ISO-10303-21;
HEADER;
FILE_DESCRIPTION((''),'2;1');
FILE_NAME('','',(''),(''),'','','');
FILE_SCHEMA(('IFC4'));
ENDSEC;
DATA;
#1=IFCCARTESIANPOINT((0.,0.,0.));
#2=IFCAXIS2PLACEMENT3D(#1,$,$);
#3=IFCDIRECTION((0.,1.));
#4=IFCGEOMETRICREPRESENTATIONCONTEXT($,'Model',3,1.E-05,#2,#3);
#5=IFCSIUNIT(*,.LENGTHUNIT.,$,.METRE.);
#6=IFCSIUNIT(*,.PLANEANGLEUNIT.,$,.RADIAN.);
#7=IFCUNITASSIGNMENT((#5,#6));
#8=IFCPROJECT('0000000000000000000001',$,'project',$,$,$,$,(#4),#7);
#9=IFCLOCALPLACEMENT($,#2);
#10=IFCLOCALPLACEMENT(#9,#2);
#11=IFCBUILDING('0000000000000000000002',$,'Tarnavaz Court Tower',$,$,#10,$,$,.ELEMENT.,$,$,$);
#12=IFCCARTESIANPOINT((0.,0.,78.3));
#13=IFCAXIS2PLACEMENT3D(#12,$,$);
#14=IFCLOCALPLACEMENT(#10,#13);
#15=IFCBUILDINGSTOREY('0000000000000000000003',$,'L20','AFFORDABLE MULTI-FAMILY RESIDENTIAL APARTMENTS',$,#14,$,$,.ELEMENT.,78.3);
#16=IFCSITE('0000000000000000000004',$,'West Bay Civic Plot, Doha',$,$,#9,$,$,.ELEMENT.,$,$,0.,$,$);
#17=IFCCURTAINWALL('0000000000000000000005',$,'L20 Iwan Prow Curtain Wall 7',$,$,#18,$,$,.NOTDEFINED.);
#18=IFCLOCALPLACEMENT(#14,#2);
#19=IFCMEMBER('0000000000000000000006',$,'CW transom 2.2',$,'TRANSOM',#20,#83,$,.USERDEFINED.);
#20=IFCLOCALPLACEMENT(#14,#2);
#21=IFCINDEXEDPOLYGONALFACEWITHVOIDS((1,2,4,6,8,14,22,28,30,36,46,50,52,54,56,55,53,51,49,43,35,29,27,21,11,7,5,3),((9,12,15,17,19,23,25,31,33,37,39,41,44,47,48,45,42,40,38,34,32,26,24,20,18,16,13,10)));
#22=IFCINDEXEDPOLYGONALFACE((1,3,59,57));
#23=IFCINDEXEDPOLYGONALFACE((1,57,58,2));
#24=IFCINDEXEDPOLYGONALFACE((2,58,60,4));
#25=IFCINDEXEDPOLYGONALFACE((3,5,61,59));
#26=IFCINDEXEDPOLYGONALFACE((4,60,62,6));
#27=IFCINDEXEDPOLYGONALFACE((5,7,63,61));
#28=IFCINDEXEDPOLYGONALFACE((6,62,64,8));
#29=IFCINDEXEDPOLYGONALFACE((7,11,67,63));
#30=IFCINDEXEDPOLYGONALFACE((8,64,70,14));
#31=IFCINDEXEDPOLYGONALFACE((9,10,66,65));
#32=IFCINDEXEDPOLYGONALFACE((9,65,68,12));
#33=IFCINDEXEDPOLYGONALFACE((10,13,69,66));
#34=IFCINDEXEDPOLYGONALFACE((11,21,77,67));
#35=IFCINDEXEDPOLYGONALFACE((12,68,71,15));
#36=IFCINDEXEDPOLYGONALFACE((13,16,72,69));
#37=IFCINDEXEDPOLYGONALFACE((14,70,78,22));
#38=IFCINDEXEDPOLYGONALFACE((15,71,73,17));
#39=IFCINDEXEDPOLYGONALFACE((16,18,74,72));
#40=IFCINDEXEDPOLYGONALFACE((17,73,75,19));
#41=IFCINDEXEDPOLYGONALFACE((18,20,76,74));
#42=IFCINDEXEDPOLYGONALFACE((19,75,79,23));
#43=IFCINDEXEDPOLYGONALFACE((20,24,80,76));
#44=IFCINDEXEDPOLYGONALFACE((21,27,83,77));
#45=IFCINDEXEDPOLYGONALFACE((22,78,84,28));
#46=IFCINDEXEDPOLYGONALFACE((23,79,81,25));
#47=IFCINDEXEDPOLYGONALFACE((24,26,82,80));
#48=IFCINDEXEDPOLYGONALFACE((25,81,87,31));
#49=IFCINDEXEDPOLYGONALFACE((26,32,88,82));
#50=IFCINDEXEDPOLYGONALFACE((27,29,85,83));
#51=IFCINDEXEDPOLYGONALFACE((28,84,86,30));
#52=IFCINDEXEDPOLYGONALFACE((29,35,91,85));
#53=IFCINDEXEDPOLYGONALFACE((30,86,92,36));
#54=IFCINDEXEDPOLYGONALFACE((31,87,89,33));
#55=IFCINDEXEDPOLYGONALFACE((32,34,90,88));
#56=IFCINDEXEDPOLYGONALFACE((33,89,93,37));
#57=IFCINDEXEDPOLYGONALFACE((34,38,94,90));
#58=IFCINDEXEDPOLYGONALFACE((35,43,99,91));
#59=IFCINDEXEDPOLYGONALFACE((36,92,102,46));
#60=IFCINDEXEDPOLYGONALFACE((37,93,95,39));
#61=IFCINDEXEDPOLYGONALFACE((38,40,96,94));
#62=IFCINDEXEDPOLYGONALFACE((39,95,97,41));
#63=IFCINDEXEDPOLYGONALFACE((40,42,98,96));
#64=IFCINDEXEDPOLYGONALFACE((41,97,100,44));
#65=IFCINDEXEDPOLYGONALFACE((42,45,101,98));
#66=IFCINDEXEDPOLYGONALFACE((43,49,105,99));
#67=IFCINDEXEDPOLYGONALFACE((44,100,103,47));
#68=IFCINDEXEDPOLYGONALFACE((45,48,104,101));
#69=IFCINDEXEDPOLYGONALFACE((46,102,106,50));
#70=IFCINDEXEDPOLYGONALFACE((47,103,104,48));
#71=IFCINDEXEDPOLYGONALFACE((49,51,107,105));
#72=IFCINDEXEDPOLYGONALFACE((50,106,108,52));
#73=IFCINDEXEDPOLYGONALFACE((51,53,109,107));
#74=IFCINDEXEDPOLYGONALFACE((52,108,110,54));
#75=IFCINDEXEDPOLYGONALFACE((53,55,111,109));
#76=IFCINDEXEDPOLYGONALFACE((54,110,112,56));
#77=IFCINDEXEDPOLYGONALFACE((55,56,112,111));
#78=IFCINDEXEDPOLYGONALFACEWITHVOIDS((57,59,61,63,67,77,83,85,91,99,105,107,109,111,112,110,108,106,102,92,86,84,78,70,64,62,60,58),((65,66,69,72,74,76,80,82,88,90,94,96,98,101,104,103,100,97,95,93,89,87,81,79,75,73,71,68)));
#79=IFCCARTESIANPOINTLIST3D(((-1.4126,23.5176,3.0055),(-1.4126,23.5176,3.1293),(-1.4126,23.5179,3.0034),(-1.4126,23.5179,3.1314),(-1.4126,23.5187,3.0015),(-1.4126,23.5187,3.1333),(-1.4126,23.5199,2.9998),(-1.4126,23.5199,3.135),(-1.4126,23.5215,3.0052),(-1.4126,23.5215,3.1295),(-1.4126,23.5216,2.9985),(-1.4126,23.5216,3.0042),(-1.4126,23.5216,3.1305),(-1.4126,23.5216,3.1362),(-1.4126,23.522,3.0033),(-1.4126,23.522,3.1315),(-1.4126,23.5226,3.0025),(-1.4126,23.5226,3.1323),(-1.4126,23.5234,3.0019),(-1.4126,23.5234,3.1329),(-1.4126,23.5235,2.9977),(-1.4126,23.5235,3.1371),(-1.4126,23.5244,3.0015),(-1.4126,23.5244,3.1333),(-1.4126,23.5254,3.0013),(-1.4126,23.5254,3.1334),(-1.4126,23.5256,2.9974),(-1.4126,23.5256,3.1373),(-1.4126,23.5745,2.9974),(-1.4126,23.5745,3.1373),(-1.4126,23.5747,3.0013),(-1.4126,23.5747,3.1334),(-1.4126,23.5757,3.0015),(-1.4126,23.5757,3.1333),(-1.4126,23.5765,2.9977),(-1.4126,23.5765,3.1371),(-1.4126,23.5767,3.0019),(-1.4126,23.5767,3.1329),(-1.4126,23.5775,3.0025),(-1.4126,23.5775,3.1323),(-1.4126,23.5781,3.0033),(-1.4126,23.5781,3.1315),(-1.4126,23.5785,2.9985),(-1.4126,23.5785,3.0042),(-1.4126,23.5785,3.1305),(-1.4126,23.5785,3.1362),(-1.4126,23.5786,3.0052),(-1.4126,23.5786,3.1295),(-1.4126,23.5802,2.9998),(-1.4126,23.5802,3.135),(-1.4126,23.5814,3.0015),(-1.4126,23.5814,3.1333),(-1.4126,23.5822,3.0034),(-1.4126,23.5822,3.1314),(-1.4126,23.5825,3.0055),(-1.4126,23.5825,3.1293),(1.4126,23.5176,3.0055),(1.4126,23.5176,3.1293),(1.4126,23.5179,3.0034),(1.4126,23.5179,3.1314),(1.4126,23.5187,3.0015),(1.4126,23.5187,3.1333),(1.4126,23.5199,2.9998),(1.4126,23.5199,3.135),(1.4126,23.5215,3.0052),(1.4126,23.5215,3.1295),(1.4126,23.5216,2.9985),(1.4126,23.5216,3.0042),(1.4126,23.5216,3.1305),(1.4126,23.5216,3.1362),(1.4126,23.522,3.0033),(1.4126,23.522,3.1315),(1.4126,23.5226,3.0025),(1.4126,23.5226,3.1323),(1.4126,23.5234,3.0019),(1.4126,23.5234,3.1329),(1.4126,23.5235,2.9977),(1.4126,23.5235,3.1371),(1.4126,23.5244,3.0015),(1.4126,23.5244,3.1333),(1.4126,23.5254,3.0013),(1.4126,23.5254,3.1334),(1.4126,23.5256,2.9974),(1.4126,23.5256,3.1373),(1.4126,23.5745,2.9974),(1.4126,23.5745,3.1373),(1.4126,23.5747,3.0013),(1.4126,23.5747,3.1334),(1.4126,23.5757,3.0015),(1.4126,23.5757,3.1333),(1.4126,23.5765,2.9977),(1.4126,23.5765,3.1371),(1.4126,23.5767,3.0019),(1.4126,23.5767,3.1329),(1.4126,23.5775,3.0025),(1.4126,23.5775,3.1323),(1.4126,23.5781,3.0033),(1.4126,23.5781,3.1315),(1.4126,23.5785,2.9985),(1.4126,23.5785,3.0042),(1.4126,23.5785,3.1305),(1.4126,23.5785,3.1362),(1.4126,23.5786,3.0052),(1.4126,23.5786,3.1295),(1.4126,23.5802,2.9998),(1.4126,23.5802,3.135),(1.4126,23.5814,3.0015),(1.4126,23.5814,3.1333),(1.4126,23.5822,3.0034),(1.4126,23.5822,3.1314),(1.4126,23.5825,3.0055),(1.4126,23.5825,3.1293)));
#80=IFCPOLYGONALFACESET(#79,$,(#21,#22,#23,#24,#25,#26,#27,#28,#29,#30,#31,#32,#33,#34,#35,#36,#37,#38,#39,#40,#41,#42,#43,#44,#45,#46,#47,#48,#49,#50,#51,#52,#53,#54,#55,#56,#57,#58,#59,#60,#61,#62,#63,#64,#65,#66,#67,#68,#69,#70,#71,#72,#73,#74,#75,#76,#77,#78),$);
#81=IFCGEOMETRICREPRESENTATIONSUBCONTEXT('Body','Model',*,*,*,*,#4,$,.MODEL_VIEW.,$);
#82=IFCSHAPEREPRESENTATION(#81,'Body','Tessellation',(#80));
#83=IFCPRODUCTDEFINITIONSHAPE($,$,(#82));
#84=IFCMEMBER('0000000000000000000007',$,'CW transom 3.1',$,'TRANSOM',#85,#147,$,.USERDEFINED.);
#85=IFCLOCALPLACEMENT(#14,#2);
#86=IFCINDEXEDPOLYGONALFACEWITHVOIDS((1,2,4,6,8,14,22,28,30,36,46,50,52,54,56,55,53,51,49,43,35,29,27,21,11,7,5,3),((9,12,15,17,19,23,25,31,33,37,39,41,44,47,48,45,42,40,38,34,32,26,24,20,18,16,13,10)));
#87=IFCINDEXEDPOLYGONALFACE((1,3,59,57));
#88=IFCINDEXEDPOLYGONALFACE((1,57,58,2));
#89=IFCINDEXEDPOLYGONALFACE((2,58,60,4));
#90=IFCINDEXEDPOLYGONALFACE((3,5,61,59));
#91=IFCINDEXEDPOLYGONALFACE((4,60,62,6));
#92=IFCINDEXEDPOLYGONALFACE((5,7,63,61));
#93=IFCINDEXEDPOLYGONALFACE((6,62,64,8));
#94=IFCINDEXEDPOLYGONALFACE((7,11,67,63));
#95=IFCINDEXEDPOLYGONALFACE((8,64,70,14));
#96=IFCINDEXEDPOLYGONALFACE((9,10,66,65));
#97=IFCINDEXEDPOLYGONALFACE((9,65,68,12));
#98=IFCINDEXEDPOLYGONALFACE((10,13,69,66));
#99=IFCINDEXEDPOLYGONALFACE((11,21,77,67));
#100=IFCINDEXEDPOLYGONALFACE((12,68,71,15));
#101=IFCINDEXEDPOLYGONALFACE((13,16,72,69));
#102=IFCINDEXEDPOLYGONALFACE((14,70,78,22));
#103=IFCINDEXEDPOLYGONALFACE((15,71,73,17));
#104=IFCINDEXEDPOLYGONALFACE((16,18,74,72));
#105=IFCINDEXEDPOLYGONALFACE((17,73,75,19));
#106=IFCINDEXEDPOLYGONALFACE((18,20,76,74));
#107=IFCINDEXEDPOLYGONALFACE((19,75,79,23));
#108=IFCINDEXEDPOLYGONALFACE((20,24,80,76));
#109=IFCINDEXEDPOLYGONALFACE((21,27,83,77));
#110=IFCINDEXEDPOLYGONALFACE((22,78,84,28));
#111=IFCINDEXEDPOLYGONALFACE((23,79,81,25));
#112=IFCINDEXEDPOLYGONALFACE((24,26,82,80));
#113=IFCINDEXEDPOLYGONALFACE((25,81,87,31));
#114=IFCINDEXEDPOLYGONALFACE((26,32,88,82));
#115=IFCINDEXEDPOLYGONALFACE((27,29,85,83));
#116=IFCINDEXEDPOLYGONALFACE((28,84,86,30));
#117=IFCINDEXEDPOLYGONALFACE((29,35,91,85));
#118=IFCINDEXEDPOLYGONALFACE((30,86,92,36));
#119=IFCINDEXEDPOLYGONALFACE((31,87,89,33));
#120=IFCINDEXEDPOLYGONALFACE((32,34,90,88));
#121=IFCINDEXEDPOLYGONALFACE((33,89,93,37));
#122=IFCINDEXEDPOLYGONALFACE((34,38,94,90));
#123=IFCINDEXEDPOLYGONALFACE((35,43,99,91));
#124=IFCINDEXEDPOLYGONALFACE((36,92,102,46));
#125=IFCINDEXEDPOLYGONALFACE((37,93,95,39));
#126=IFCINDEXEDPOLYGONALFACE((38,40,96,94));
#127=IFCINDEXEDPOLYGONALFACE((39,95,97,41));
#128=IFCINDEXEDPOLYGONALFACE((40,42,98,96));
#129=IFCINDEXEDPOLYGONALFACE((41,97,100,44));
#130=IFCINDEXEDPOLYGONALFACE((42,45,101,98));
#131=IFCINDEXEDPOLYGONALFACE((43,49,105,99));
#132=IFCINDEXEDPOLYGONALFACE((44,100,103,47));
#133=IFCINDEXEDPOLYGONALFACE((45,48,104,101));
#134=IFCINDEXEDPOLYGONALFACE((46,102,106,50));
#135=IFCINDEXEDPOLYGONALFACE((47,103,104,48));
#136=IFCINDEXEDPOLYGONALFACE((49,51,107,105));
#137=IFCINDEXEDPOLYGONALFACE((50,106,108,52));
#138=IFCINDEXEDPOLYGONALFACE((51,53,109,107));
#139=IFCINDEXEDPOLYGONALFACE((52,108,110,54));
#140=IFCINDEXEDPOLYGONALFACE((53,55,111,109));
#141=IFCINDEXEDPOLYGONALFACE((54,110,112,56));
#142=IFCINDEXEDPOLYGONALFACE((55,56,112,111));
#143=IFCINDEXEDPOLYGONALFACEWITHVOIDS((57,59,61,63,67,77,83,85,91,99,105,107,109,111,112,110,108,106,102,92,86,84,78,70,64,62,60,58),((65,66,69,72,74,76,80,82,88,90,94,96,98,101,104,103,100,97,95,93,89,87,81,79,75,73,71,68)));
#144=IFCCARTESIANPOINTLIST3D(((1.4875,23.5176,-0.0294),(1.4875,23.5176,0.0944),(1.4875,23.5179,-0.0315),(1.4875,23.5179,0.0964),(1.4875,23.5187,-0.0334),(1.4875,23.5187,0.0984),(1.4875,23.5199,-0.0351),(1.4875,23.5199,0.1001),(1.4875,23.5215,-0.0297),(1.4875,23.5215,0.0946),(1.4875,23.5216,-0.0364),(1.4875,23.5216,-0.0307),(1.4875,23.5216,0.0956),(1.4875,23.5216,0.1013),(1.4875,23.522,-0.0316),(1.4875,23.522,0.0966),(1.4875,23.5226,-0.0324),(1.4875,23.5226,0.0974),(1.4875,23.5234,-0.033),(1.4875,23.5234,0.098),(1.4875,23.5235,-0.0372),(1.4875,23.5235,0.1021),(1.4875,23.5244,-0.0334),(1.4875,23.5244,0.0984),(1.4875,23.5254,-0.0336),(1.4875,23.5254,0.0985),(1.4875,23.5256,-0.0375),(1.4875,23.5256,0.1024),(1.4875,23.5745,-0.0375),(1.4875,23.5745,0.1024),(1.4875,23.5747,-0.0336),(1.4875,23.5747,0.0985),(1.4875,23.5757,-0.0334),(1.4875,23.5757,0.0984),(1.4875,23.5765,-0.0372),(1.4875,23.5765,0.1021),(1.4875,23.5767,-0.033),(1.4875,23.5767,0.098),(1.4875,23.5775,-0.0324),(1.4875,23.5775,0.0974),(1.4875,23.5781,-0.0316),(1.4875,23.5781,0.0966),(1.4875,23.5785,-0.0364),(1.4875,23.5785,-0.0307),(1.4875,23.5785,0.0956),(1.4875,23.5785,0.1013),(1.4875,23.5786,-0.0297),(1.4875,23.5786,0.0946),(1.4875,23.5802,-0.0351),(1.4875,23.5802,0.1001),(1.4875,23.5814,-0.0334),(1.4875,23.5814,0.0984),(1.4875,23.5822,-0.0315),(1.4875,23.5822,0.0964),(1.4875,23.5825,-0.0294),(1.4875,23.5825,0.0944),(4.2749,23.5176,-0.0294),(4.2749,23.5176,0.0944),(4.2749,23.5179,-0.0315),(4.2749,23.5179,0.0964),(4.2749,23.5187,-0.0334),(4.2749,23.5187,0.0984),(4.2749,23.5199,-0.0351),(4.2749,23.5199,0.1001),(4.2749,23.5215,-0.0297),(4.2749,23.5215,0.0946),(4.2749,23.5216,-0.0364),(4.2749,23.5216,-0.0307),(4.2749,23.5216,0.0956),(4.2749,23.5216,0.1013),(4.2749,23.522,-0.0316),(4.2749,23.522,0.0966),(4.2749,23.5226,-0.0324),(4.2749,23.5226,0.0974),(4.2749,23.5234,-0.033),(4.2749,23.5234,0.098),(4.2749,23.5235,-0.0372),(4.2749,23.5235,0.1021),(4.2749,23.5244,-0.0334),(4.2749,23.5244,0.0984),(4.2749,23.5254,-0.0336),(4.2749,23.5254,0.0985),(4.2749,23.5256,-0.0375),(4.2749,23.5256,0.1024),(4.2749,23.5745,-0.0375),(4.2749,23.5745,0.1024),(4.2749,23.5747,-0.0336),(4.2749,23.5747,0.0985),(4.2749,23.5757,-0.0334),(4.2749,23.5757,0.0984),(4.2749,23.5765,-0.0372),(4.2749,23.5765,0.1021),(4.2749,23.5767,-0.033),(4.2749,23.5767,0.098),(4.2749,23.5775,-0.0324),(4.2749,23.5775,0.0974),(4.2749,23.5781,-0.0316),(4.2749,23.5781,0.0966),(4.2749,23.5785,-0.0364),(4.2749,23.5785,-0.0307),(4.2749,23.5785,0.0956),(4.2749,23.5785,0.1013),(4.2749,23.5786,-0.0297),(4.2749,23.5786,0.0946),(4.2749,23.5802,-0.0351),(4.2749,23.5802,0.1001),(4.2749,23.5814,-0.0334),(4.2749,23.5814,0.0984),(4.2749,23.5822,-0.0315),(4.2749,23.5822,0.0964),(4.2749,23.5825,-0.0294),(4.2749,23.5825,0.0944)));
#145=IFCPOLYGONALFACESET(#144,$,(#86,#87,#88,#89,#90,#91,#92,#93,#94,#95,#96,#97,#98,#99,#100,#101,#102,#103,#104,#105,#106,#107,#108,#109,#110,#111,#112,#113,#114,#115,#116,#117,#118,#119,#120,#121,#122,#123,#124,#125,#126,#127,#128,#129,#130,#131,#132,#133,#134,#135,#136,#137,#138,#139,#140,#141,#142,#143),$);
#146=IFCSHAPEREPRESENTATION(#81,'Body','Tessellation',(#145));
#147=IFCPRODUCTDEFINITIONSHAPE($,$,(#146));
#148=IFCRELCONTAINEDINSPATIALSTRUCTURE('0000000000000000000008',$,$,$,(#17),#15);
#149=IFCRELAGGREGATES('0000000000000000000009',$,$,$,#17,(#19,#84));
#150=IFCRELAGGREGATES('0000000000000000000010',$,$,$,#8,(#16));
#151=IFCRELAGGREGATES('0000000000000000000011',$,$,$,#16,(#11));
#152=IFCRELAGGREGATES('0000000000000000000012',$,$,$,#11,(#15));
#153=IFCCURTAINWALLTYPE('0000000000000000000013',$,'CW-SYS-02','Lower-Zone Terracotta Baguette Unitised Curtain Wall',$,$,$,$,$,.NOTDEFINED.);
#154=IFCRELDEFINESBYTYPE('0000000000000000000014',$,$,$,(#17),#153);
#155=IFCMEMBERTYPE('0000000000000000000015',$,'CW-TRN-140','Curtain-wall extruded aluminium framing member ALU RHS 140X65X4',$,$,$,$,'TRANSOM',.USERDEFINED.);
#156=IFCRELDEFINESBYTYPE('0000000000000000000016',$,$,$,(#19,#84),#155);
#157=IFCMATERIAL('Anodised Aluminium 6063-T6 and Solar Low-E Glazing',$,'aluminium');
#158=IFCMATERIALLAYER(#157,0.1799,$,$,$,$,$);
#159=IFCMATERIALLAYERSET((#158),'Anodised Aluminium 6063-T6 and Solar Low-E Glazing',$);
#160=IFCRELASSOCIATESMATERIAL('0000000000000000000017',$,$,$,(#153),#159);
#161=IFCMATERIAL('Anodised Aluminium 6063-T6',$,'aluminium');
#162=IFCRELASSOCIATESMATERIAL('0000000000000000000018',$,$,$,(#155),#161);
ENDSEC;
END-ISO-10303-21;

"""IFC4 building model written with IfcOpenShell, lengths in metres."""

from ifc_helpers import new_model, si_unit, direction, frame, origin, origin_2d, place, context, subcontext, project, spatial, hollow_rectangle, extrude, material, layer, layer_set, material_profile, profile_set, type_object, element, aggregate, save


model = new_model("IFC4")

# Units and contexts
model_context = context("Model", 3, precision=1e-05, world=origin(), true_north=direction((0.0, 1.0)))
body_context = subcontext(model_context, "Body", "Model", "MODEL_VIEW")
ifc_project = project(units=[si_unit("LENGTHUNIT", "METRE"), si_unit("PLANEANGLEUNIT", "RADIAN")], contexts=[model_context])

# Site, building, storey
site_placement = place(None, origin())
site = spatial("IfcSite", under=ifc_project, at=site_placement, Name="West Bay Civic Plot, Doha", CompositionType="ELEMENT", RefElevation=0.0)
building_placement = place(site_placement, origin())
building = spatial("IfcBuilding", under=site, at=building_placement, Name="Tarnavaz Court Tower", CompositionType="ELEMENT")
storey_placement = place(building_placement, frame((0.0, 0.0, 78.3)))
storey = spatial("IfcBuildingStorey", under=building, at=storey_placement, Name="L20", Description="AFFORDABLE MULTI-FAMILY RESIDENTIAL APARTMENTS", CompositionType="ELEMENT", Elevation=78.3)

# Curtain wall, members
ifc_material_1 = material(Name="Anodised Aluminium 6063-T6 and Solar Low-E Glazing", Category="aluminium")
ifc_layer_1 = layer(ifc_material_1, 0.1799)
ifc_layer_set_1 = layer_set([ifc_layer_1], Name="Anodised Aluminium 6063-T6 and Solar Low-E Glazing")
curtain_wall_type = type_object("IfcCurtainWallType", Name="CW-SYS-02", Description="Lower-Zone Terracotta Baguette Unitised Curtain Wall", PredefinedType="NOTDEFINED", material=ifc_layer_set_1)
curtain_wall_placement = place(storey_placement, origin())
curtain_wall = element("IfcCurtainWall", 1, at=curtain_wall_placement, inside=storey, type_object=curtain_wall_type, Name="L20 Iwan Prow Curtain Wall 7", PredefinedType="NOTDEFINED")
ifc_material_2 = material(Name="Anodised Aluminium 6063-T6", Category="aluminium")
ifc_material_profile_1 = material_profile(ifc_material_2, hollow_rectangle(XDim=0.0649, YDim=0.1399, WallThickness=0.0039, InnerFilletRadius=0.0039, OuterFilletRadius=0.0081, at=origin_2d()), Name="ALU RHS 140X65X4")
ifc_profile_set_1 = profile_set([ifc_material_profile_1], Name="Anodised Aluminium 6063-T6")
member_type_1 = type_object("IfcMemberType", Name="CW-TRN-140", Description="Curtain-wall extruded aluminium framing member ALU RHS 140X65X4", ElementType="TRANSOM", PredefinedType="USERDEFINED", material=ifc_profile_set_1)
member_1_placement = place(storey_placement, frame((-1.4126, 23.55, 3.0674), z_axis=(1.0, 0.0, 0.0), x_axis=(0.0, 1.0, 0.0)))
member_1 = element("IfcMember", 2, at=member_1_placement, type_object=member_type_1, Name="CW transom 2.2", ObjectType="TRANSOM", PredefinedType="USERDEFINED", context=body_context, shape_type="SweptSolid", body=[
    extrude(hollow_rectangle(XDim=0.0649, YDim=0.1399, WallThickness=0.0039, InnerFilletRadius=0.0039, OuterFilletRadius=0.0081, at=origin_2d()), origin(), (0.0, 0.0, 1.0), 2.8252),
])
member_2_placement = place(storey_placement, frame((1.4875, 23.55, 0.0325), z_axis=(1.0, 0.0, 0.0), x_axis=(0.0, 1.0, 0.0)))
member_2 = element("IfcMember", 3, at=member_2_placement, type_object=member_type_1, Name="CW transom 3.1", ObjectType="TRANSOM", PredefinedType="USERDEFINED", context=body_context, shape_type="SweptSolid", body=[
    extrude(hollow_rectangle(XDim=0.0649, YDim=0.1399, WallThickness=0.0039, InnerFilletRadius=0.0039, OuterFilletRadius=0.0081, at=origin_2d()), origin(), (0.0, 0.0, 1.0), 2.7874),
])
aggregate(curtain_wall, [member_1, member_2])

save(model, "model.ifc")
